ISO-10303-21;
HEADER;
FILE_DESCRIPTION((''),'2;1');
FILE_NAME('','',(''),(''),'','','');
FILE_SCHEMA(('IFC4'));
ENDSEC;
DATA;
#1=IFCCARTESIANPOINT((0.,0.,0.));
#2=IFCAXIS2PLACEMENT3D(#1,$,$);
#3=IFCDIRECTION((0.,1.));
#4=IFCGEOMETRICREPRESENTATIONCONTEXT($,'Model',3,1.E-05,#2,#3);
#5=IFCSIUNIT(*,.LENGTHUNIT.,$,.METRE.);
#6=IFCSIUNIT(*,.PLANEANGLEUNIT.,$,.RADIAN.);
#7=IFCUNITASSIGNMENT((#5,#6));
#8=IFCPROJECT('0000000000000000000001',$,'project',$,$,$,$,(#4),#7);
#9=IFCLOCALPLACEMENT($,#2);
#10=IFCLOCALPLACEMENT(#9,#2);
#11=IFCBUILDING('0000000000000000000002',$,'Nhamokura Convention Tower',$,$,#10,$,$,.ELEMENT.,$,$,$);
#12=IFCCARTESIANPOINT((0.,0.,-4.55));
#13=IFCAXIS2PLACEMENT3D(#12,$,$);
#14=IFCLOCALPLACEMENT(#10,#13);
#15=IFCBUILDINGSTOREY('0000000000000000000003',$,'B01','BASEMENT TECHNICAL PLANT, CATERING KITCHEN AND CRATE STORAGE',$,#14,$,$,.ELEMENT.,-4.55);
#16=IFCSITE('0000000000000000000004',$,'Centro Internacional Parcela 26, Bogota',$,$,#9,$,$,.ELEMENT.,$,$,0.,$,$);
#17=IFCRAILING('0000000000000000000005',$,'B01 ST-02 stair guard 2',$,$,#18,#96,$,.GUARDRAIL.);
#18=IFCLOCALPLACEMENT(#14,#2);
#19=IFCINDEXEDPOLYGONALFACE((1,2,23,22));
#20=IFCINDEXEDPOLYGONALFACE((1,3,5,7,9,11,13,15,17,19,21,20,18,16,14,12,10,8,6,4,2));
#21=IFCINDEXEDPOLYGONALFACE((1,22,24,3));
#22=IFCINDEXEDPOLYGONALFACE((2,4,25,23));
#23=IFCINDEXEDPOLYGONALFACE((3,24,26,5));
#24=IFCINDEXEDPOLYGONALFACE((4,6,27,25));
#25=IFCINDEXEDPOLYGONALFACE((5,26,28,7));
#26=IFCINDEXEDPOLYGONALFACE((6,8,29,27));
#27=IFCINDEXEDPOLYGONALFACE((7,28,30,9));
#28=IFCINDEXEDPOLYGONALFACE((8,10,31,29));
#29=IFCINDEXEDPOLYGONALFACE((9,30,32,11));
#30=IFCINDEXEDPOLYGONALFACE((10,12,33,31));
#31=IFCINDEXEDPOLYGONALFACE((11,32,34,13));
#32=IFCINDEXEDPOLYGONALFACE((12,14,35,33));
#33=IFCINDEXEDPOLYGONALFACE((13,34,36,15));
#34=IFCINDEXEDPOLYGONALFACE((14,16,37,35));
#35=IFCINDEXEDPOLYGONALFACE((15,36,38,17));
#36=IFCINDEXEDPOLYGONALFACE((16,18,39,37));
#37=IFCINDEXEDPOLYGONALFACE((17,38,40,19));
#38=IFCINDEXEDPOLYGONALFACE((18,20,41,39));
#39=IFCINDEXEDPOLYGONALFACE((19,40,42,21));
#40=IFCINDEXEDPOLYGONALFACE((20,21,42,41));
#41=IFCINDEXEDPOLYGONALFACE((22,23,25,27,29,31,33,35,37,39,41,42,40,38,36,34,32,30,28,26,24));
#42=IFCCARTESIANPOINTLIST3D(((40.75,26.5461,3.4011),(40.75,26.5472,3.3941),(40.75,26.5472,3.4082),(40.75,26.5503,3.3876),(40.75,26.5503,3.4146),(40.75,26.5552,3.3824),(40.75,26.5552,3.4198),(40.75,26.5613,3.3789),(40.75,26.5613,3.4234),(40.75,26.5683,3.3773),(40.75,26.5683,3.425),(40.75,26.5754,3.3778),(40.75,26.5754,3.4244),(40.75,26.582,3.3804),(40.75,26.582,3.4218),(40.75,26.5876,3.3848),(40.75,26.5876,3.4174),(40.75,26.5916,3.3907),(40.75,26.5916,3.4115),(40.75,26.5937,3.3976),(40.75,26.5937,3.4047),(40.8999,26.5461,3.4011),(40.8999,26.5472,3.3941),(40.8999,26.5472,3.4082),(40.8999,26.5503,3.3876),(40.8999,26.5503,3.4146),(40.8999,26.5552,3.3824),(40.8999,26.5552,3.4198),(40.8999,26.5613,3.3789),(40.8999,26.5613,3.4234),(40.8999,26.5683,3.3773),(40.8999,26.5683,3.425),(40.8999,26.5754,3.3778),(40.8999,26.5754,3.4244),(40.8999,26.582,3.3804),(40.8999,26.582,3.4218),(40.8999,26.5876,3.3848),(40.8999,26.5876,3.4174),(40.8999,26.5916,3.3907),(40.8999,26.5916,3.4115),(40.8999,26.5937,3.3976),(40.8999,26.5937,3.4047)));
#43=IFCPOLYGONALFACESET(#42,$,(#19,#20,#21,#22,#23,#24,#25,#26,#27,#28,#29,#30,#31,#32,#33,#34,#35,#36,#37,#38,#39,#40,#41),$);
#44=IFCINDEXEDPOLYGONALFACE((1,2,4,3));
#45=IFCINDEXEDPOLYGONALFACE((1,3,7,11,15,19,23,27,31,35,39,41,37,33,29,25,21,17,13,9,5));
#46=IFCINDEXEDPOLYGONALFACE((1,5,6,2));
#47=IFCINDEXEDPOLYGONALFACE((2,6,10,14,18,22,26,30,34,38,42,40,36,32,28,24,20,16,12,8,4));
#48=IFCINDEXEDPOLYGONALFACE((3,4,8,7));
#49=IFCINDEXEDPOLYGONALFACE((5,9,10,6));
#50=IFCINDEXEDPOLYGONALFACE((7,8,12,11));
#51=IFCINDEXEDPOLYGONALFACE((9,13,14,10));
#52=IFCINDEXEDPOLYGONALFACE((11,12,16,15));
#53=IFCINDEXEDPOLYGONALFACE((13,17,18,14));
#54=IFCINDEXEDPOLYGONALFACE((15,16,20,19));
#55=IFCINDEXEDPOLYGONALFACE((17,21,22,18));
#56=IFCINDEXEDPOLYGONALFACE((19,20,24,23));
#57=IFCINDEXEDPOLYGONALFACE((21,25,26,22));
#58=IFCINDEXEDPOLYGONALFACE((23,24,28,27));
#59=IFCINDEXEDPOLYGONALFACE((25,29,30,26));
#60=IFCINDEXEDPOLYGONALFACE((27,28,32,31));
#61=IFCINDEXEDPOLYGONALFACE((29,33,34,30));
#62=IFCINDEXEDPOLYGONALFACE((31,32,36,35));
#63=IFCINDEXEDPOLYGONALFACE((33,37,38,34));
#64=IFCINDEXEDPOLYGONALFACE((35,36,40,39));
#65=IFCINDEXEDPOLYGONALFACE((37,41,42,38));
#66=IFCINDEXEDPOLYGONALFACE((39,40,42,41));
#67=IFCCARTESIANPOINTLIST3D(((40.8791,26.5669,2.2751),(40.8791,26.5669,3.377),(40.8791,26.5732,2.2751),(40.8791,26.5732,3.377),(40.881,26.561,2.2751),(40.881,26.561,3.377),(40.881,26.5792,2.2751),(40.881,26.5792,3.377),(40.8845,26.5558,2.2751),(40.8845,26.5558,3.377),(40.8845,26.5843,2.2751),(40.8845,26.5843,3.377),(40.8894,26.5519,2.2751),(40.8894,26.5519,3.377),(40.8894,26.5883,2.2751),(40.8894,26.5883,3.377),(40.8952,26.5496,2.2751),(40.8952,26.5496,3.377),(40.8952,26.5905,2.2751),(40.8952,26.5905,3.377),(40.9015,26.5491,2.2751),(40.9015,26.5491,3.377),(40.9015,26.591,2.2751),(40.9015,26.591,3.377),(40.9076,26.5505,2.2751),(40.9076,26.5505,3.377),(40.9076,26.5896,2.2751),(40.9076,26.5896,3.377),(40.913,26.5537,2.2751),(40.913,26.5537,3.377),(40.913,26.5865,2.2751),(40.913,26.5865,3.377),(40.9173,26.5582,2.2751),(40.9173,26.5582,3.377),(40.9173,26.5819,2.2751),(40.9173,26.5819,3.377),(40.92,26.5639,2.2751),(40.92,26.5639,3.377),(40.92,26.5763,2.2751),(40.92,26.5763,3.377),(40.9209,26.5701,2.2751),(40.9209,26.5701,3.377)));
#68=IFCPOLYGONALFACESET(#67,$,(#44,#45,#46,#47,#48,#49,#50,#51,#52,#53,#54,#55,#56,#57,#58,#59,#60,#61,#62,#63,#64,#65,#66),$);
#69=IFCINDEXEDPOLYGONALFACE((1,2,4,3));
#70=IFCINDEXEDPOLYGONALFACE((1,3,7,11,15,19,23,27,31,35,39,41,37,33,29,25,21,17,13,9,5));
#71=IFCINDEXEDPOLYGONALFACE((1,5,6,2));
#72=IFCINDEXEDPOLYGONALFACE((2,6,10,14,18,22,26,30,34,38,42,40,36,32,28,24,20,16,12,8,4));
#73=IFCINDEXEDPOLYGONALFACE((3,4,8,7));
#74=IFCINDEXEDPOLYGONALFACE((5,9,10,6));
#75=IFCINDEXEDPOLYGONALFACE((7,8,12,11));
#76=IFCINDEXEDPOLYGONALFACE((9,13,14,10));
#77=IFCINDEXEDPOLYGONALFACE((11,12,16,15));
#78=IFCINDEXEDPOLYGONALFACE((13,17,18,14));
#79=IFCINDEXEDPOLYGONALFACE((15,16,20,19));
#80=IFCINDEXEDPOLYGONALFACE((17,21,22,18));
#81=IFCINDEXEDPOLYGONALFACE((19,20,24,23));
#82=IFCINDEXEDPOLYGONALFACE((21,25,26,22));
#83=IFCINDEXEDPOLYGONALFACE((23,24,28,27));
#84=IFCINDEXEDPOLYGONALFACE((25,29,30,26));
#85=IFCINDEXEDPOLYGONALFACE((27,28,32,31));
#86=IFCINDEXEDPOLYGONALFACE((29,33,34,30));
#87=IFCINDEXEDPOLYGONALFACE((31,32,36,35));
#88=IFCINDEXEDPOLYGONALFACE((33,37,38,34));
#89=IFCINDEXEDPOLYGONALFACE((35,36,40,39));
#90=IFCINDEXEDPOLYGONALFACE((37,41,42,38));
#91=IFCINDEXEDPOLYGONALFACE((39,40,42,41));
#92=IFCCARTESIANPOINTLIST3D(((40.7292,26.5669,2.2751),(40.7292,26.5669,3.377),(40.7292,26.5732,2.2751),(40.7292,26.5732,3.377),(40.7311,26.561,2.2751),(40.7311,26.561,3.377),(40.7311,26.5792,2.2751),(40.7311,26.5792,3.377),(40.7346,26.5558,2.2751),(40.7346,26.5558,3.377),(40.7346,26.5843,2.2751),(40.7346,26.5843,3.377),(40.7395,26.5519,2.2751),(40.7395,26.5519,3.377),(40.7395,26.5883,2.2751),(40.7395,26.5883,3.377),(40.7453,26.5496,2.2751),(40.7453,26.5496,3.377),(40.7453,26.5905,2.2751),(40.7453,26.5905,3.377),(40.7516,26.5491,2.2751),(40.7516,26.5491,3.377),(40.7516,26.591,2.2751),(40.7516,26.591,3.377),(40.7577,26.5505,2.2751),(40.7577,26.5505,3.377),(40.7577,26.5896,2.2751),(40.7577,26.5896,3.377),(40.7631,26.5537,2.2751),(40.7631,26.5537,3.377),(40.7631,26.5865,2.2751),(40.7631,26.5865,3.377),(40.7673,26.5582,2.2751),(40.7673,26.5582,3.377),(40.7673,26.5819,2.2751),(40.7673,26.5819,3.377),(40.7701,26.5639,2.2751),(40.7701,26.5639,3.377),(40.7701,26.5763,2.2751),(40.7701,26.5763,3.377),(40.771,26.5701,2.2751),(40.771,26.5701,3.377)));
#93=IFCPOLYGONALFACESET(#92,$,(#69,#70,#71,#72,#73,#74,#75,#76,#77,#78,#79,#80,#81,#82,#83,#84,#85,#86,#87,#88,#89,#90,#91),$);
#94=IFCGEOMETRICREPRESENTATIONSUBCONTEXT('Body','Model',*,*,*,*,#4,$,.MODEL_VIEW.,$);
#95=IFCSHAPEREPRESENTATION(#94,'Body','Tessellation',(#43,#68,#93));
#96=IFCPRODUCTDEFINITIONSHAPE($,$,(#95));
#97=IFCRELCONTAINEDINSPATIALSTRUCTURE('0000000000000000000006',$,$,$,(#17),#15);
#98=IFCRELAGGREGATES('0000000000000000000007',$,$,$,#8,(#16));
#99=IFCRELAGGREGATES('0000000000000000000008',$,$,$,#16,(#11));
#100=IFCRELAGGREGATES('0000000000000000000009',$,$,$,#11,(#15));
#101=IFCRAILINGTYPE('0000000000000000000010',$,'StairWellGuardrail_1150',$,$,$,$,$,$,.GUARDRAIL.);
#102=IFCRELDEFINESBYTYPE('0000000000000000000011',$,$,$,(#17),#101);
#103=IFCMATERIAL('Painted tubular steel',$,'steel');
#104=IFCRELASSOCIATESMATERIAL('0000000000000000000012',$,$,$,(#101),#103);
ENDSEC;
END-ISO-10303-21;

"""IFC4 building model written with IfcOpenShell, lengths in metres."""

from ifc_helpers import new_model, si_unit, direction, frame, origin, origin_2d, place, context, subcontext, project, spatial, circle, extrude, material, type_object, element, save


model = new_model("IFC4")

# Units and contexts
model_context = context("Model", 3, precision=1e-05, world=origin(), true_north=direction((0.0, 1.0)))
body_context = subcontext(model_context, "Body", "Model", "MODEL_VIEW")
ifc_project = project(units=[si_unit("LENGTHUNIT", "METRE"), si_unit("PLANEANGLEUNIT", "RADIAN")], contexts=[model_context])

# Site, building, storey
site_placement = place(None, origin())
site = spatial("IfcSite", under=ifc_project, at=site_placement, Name="Centro Internacional Parcela 26, Bogota", CompositionType="ELEMENT", RefElevation=0.0)
building_placement = place(site_placement, origin())
building = spatial("IfcBuilding", under=site, at=building_placement, Name="Nhamokura Convention Tower", CompositionType="ELEMENT")
storey_placement = place(building_placement, frame((0.0, 0.0, -4.55)))
storey = spatial("IfcBuildingStorey", under=building, at=storey_placement, Name="B01", Description="BASEMENT TECHNICAL PLANT, CATERING KITCHEN AND CRATE STORAGE", CompositionType="ELEMENT", Elevation=-4.55)

# Railing
ifc_material_1 = material(Name="Painted tubular steel", Category="steel")
railing_type_1 = type_object("IfcRailingType", Name="StairWellGuardrail_1150", PredefinedType="GUARDRAIL", material=ifc_material_1)
railing_1_placement = place(storey_placement, frame((40.8999, 26.5701, 2.2751)))
element("IfcRailing", 1, at=railing_1_placement, inside=storey, type_object=railing_type_1, Name="B01 ST-02 stair guard 2", PredefinedType="GUARDRAIL", context=body_context, shape_type="SweptSolid", body=[
    extrude(circle(Radius=0.0239, at=origin_2d()), frame((0.0, 0.0, 1.126), z_axis=(-1.0, 0.0, 0.0), x_axis=(0.0, -1.0, 0.0)), (0.0, 0.0, 1.0), 0.1499),
    extrude(circle(Radius=0.021, at=origin_2d()), origin(), (0.0, 0.0, 1.0), 1.1018),
    extrude(circle(Radius=0.021, at=origin_2d()), frame((-0.1499, 0.0, 0.0)), (0.0, 0.0, 1.0), 1.1018),
])

save(model, "model.ifc")
